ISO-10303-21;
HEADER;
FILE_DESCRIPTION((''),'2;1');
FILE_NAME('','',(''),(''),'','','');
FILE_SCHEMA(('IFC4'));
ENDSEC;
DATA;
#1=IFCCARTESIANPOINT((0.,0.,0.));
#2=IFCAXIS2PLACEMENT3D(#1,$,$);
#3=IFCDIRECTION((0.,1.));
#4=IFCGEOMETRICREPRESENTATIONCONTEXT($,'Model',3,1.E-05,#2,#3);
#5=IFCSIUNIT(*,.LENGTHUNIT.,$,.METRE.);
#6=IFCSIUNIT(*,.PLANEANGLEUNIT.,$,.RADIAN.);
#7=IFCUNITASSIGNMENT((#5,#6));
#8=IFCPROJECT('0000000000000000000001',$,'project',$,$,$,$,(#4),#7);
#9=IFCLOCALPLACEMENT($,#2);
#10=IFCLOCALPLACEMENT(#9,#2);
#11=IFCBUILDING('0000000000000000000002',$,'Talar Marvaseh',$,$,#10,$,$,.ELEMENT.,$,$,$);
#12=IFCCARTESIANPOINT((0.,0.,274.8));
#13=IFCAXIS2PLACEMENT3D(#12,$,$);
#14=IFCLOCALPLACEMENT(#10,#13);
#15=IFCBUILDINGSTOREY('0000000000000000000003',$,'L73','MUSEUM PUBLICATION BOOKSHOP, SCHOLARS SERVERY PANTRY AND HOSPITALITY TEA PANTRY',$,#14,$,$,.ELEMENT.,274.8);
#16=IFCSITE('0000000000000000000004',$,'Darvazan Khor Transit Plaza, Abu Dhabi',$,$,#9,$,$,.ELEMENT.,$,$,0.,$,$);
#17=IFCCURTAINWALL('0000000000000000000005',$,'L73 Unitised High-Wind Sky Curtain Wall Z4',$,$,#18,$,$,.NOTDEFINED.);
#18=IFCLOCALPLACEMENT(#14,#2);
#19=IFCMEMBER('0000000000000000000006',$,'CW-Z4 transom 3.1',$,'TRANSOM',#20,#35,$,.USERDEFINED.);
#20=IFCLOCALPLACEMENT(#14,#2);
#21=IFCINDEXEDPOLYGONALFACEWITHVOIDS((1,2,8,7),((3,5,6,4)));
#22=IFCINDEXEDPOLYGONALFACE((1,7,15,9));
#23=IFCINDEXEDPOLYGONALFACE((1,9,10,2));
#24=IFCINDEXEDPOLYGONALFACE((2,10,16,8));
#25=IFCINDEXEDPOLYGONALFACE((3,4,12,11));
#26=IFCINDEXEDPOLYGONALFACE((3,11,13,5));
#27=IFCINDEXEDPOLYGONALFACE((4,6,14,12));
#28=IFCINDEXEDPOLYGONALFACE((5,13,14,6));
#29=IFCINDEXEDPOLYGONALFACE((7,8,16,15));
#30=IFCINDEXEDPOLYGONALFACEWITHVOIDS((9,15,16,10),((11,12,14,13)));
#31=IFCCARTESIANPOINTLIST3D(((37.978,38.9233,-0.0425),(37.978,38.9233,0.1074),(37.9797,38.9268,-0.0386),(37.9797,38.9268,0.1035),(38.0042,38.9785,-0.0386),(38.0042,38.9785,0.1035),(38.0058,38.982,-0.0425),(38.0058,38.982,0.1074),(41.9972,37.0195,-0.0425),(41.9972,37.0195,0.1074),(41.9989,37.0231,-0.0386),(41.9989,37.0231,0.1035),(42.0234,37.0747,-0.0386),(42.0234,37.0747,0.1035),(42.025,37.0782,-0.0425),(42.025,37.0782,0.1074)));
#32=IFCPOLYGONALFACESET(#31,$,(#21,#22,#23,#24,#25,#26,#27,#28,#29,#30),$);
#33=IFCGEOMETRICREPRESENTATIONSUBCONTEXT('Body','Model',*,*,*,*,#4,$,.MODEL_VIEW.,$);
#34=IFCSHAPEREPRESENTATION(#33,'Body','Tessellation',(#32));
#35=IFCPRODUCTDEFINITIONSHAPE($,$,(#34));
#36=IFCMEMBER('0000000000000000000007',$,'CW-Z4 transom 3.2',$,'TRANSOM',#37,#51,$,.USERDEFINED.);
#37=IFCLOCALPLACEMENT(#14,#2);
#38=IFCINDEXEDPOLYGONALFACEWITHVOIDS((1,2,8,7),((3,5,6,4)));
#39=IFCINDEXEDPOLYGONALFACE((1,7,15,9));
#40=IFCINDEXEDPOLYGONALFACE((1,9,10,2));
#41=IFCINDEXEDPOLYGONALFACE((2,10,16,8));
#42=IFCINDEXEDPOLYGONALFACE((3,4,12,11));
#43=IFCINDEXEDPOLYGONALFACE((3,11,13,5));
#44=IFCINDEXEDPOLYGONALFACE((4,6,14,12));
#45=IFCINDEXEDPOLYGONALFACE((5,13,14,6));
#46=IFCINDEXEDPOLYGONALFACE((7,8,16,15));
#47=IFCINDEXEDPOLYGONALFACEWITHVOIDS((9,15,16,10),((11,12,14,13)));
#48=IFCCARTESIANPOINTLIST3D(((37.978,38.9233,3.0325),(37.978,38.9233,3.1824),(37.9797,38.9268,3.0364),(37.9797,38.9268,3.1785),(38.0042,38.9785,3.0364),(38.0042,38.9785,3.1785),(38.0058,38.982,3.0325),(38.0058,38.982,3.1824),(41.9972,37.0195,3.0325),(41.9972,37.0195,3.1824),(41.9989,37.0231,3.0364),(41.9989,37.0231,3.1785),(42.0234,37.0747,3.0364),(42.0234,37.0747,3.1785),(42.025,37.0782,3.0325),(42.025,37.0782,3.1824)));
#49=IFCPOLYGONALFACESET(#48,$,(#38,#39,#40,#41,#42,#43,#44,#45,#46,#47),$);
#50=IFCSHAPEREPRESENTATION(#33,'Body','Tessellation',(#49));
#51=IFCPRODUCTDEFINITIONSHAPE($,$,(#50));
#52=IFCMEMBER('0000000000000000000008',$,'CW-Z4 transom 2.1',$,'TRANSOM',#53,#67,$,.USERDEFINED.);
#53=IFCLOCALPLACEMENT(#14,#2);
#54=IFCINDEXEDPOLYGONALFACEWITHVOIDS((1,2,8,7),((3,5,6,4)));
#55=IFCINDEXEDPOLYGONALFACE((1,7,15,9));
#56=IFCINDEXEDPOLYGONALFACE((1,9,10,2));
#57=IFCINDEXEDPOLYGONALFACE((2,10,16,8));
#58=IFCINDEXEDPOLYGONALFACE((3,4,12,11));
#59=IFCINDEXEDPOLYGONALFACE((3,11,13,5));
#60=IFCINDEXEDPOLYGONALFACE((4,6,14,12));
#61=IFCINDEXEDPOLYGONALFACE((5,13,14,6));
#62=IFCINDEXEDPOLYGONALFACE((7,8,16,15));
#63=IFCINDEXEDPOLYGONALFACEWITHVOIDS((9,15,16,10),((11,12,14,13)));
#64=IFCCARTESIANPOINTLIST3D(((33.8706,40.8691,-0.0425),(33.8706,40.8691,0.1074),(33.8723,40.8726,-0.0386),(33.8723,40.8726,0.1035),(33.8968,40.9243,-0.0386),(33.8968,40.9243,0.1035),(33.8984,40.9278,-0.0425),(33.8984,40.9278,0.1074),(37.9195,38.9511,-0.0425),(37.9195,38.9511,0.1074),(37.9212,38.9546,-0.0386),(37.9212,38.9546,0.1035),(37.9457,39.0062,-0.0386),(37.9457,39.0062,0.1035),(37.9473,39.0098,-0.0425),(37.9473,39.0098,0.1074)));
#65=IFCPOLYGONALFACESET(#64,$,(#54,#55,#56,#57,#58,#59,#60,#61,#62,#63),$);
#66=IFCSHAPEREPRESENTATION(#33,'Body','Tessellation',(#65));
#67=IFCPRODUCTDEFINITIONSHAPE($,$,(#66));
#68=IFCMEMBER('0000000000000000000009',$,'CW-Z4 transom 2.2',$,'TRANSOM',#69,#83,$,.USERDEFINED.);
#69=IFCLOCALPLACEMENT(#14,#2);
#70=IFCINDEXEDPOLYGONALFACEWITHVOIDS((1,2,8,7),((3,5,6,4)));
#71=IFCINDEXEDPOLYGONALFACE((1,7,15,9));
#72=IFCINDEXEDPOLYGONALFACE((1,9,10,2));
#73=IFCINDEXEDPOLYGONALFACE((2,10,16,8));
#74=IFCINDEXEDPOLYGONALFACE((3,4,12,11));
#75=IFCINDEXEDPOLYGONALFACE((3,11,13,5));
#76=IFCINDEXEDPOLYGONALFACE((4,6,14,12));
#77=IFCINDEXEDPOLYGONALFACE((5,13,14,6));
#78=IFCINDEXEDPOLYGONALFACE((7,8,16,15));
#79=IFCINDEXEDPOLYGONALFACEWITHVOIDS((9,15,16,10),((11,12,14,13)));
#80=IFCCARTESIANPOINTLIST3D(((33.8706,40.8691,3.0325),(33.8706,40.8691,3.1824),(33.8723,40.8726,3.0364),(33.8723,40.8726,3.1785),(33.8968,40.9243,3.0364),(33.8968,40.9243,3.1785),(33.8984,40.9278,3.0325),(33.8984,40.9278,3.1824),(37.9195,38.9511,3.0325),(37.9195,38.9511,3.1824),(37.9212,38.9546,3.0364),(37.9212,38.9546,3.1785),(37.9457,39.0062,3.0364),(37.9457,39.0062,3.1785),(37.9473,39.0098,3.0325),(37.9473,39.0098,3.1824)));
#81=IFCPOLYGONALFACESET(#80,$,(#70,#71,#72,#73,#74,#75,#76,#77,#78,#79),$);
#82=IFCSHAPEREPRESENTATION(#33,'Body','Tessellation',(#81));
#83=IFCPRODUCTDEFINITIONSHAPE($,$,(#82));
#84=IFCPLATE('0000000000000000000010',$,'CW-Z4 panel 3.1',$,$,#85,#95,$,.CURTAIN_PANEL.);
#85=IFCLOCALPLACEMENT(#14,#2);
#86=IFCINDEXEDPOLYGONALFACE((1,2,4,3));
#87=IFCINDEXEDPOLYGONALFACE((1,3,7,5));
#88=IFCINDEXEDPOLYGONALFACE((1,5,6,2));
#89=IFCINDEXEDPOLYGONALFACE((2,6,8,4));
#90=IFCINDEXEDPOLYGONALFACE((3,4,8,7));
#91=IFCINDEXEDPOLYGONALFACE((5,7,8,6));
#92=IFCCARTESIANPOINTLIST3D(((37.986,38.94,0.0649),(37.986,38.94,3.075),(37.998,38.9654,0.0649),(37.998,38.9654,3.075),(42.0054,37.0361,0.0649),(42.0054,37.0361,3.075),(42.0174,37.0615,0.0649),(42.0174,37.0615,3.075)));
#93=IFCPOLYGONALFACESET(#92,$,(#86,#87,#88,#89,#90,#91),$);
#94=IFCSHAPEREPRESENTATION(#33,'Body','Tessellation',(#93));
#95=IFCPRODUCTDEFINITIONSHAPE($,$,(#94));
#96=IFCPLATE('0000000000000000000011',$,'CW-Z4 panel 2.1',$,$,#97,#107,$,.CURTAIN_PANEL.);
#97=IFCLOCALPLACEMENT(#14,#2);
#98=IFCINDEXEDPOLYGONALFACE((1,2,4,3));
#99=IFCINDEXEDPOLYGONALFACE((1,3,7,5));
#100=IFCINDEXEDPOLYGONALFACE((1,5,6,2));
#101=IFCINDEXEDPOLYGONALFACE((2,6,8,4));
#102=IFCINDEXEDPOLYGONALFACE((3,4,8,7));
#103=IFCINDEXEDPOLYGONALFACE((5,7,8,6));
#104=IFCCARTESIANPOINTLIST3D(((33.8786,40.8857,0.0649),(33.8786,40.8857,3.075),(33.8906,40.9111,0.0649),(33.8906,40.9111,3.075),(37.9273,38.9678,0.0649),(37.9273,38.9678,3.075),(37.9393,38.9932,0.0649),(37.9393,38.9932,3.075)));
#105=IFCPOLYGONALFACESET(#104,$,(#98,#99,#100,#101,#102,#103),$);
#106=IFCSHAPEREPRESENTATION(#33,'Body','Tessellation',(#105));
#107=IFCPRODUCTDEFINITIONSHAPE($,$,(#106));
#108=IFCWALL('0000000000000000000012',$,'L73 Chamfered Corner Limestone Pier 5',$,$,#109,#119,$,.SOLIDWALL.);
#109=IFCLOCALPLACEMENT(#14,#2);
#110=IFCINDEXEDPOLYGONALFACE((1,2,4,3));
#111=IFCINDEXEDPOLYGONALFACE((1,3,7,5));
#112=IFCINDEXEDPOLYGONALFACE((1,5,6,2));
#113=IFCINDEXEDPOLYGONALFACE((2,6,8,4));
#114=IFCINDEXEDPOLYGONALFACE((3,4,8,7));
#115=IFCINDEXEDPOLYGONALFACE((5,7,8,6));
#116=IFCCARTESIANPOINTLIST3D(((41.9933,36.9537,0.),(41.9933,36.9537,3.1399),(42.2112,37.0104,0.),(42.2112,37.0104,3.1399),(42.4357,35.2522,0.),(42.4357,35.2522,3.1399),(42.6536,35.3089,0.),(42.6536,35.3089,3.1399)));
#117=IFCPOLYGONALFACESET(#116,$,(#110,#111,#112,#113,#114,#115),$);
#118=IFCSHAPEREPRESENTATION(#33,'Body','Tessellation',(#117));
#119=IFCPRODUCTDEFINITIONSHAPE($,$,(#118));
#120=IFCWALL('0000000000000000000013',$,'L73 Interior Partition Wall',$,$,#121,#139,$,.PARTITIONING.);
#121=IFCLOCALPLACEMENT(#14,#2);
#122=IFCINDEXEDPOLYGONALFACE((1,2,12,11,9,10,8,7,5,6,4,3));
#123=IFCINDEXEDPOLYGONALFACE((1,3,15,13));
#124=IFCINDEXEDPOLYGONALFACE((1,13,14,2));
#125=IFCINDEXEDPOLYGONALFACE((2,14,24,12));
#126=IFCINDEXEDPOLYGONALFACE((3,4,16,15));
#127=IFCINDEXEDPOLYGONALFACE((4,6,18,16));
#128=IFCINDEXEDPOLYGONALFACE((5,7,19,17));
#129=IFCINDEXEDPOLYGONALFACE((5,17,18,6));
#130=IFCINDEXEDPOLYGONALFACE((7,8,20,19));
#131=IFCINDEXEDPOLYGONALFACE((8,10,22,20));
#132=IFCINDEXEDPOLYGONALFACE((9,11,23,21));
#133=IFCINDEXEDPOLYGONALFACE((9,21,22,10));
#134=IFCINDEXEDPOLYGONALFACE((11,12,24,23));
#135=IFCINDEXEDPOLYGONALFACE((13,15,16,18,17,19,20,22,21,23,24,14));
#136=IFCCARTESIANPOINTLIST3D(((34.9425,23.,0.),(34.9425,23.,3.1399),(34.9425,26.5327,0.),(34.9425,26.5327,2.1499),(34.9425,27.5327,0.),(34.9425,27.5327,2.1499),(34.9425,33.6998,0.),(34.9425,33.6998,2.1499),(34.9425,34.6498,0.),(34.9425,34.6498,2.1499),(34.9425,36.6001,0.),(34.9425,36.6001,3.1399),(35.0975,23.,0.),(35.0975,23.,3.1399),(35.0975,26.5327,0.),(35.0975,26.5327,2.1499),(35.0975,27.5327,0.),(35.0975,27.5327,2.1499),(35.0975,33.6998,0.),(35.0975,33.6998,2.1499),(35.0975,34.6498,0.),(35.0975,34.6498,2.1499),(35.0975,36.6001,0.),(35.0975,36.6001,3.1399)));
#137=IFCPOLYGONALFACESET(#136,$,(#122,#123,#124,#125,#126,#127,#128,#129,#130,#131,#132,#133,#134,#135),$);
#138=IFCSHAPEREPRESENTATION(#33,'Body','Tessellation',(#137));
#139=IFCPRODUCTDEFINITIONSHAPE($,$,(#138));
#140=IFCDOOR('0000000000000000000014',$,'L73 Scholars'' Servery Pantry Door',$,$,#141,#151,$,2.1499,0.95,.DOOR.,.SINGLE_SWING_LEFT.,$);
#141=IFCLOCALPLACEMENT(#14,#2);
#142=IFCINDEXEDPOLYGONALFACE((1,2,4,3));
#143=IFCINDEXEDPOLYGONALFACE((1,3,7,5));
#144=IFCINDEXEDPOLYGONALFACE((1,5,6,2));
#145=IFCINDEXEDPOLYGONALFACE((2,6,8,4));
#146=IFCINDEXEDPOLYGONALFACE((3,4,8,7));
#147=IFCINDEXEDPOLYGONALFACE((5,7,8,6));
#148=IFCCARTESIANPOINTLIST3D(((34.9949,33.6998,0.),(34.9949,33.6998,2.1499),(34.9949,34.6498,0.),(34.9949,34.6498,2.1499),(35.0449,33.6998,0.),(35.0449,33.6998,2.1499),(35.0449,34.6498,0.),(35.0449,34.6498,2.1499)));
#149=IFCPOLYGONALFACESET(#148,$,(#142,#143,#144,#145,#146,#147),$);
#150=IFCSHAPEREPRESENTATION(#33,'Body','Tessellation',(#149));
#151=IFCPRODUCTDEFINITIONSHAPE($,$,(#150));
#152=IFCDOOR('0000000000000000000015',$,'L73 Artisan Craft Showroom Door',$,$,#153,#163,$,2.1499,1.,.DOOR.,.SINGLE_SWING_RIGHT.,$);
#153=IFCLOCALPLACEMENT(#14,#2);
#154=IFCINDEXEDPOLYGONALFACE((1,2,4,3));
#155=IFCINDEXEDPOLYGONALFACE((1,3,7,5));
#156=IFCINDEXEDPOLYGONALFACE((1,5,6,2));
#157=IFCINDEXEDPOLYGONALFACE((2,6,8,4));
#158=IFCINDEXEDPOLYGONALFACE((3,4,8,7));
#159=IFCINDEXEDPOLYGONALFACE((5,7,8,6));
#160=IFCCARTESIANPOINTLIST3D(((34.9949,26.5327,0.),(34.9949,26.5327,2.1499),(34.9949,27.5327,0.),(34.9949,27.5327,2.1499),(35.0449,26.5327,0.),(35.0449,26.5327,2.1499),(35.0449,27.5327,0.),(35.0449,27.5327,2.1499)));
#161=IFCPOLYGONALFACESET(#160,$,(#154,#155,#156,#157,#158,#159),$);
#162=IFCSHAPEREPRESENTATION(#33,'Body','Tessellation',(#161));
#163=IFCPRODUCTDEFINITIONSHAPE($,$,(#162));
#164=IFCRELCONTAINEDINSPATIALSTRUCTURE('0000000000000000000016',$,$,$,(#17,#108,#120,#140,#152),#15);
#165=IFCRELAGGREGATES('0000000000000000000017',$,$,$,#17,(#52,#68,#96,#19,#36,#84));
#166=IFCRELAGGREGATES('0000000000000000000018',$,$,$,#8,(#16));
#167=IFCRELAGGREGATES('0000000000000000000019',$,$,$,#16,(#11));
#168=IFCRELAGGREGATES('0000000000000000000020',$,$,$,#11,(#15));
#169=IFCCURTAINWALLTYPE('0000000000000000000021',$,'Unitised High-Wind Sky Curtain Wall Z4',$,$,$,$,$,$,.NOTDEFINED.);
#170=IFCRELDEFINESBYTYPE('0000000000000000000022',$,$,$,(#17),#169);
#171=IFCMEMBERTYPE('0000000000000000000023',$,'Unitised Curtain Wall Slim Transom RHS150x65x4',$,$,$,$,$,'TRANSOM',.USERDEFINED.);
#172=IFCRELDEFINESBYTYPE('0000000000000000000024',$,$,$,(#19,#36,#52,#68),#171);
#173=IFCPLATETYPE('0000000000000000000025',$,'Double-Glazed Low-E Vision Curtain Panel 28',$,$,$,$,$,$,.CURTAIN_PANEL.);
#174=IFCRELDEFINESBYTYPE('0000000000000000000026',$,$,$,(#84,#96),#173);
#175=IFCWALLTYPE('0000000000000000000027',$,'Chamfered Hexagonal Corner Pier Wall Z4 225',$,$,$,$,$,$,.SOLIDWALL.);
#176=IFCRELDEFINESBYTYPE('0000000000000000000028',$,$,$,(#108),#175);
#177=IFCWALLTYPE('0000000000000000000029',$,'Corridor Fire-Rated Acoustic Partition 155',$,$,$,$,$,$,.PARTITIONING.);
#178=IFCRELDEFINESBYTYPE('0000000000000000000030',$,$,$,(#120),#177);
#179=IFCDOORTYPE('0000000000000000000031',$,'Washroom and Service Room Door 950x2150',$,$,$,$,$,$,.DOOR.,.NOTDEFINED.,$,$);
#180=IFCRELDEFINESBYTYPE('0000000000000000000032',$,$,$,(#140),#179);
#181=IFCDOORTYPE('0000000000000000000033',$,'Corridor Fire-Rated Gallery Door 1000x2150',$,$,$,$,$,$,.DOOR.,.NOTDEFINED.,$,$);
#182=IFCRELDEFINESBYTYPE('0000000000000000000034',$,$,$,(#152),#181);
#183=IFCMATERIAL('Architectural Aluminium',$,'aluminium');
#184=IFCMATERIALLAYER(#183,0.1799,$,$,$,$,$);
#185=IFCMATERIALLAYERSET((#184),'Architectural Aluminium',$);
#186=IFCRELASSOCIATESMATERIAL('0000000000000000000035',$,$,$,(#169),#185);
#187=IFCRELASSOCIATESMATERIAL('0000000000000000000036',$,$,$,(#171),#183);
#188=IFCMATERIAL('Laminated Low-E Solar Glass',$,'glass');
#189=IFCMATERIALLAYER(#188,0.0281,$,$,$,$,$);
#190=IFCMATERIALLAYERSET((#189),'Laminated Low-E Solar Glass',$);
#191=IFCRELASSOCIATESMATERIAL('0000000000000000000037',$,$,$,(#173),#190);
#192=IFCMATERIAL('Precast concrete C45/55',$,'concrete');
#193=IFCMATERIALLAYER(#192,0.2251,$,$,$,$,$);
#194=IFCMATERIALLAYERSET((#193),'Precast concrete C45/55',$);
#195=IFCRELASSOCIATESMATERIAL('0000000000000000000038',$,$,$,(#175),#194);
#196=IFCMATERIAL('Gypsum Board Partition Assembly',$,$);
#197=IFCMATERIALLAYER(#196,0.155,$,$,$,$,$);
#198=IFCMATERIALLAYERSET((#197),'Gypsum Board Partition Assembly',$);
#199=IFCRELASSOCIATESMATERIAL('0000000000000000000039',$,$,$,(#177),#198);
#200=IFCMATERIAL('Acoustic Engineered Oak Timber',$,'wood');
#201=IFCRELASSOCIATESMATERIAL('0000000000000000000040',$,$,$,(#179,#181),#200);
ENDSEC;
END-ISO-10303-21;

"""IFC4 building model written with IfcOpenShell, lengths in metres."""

from ifc_helpers import new_model, si_unit, direction, frame, frame_2d, origin, origin_2d, place, context, subcontext, project, spatial, rectangle, hollow_rectangle, extrude, source, transform, mapped, material, layer, layer_set, material_profile, profile_set, type_object, type_shapes, element, fill, aggregate, save


model = new_model("IFC4")

# Units and contexts
model_context = context("Model", 3, precision=1e-05, world=origin(), true_north=direction((0.0, 1.0)))
body_context = subcontext(model_context, "Body", "Model", "MODEL_VIEW")
ifc_project = project(units=[si_unit("LENGTHUNIT", "METRE"), si_unit("PLANEANGLEUNIT", "RADIAN")], contexts=[model_context])

# Site, building, storey
site_placement = place(None, origin())
site = spatial("IfcSite", under=ifc_project, at=site_placement, Name="Darvazan Khor Transit Plaza, Abu Dhabi", CompositionType="ELEMENT", RefElevation=0.0)
building_placement = place(site_placement, origin())
building = spatial("IfcBuilding", under=site, at=building_placement, Name="Talar Marvaseh", CompositionType="ELEMENT")
storey_placement = place(building_placement, frame((0.0, 0.0, 274.8)))
storey = spatial("IfcBuildingStorey", under=building, at=storey_placement, Name="L73", Description="MUSEUM PUBLICATION BOOKSHOP, SCHOLARS SERVERY PANTRY AND HOSPITALITY TEA PANTRY", CompositionType="ELEMENT", Elevation=274.8)

# Curtain wall, members, plates
ifc_material_1 = material(Name="Architectural Aluminium", Category="aluminium")
ifc_layer_1 = layer(ifc_material_1, 0.1799)
ifc_layer_set_1 = layer_set([ifc_layer_1], Name="Architectural Aluminium")
curtain_wall_type = type_object("IfcCurtainWallType", Name="Unitised High-Wind Sky Curtain Wall Z4", PredefinedType="NOTDEFINED", material=ifc_layer_set_1)
curtain_wall_placement = place(storey_placement, origin())
curtain_wall = element("IfcCurtainWall", 1, at=curtain_wall_placement, inside=storey, type_object=curtain_wall_type, Name="L73 Unitised High-Wind Sky Curtain Wall Z4", PredefinedType="NOTDEFINED")
ifc_material_profile_1 = material_profile(ifc_material_1, hollow_rectangle(XDim=0.0649, YDim=0.1499, WallThickness=0.0039, at=origin_2d()), Name="RHS150x65x4")
ifc_profile_set_1 = profile_set([ifc_material_profile_1], Name="Architectural Aluminium")
member_type_1 = type_object("IfcMemberType", Name="Unitised Curtain Wall Slim Transom RHS150x65x4", ElementType="TRANSOM", PredefinedType="USERDEFINED", material=ifc_profile_set_1)
shared_shape_1 = source(origin(), body_context, "Body", "SweptSolid", [
    extrude(hollow_rectangle(XDim=0.0649, YDim=0.1499, WallThickness=0.0039, at=origin_2d()), origin(), (0.0, 0.0, 1.0), 4.4473),
])
member_1_placement = place(storey_placement, frame((37.9919, 38.9526, 0.0325), z_axis=(0.903743, -0.428075, 0.0), x_axis=(0.428075, 0.903743, 0.0)))
member_1 = element("IfcMember", 2, at=member_1_placement, type_object=member_type_1, Name="CW-Z4 transom 3.1", ObjectType="TRANSOM", PredefinedType="USERDEFINED", context=body_context, shape_type="MappedRepresentation", body=[
    mapped(shared_shape_1, transform((0.0, 0.0, 0.0), x_axis=(1.0, 0.0, 0.0), y_axis=(0.0, 1.0, 0.0), z_axis=(0.0, 0.0, 1.0), scale=1.0)),
])
member_2_placement = place(storey_placement, frame((37.9919, 38.9526, 3.1074), z_axis=(0.903743, -0.428075, 0.0), x_axis=(0.428075, 0.903743, 0.0)))
member_2 = element("IfcMember", 3, at=member_2_placement, type_object=member_type_1, Name="CW-Z4 transom 3.2", ObjectType="TRANSOM", PredefinedType="USERDEFINED", context=body_context, shape_type="MappedRepresentation", body=[
    mapped(shared_shape_1, transform((0.0, 0.0, 0.0), x_axis=(1.0, 0.0, 0.0), y_axis=(0.0, 1.0, 0.0), z_axis=(0.0, 0.0, 1.0), scale=1.0)),
])
shared_shape_2 = source(origin(), body_context, "Body", "SweptSolid", [
    extrude(hollow_rectangle(XDim=0.0649, YDim=0.1499, WallThickness=0.0039, at=origin_2d()), origin(), (0.0, 0.0, 1.0), 4.4802),
])
type_shapes(member_type_1, [shared_shape_1, shared_shape_2])
member_3_placement = place(storey_placement, frame((33.8845, 40.8984, 0.0325), z_axis=(0.903729, -0.428105, 0.0), x_axis=(0.428105, 0.903729, 0.0)))
member_3 = element("IfcMember", 4, at=member_3_placement, type_object=member_type_1, Name="CW-Z4 transom 2.1", ObjectType="TRANSOM", PredefinedType="USERDEFINED", context=body_context, shape_type="MappedRepresentation", body=[
    mapped(shared_shape_2, transform((0.0, 0.0, 0.0), x_axis=(1.0, 0.0, 0.0), y_axis=(0.0, 1.0, 0.0), z_axis=(0.0, 0.0, 1.0), scale=1.0)),
])
member_4_placement = place(storey_placement, frame((33.8845, 40.8984, 3.1074), z_axis=(0.903729, -0.428105, 0.0), x_axis=(0.428105, 0.903729, 0.0)))
member_4 = element("IfcMember", 5, at=member_4_placement, type_object=member_type_1, Name="CW-Z4 transom 2.2", ObjectType="TRANSOM", PredefinedType="USERDEFINED", context=body_context, shape_type="MappedRepresentation", body=[
    mapped(shared_shape_2, transform((0.0, 0.0, 0.0), x_axis=(1.0, 0.0, 0.0), y_axis=(0.0, 1.0, 0.0), z_axis=(0.0, 0.0, 1.0), scale=1.0)),
])
ifc_material_2 = material(Name="Laminated Low-E Solar Glass", Category="glass")
ifc_layer_2 = layer(ifc_material_2, 0.0281)
ifc_layer_set_2 = layer_set([ifc_layer_2], Name="Laminated Low-E Solar Glass")
plate_type = type_object("IfcPlateType", Name="Double-Glazed Low-E Vision Curtain Panel 28", PredefinedType="CURTAIN_PANEL", material=ifc_layer_set_2)
shared_shape_3 = source(origin(), body_context, "Body", "SweptSolid", [
    extrude(rectangle(XDim=4.4475, YDim=0.0281, at=origin_2d()), origin(), (0.0, 0.0, 1.0), 3.01),
])
plate_1_placement = place(storey_placement, frame((40.0017, 38.0007, 0.0649), z_axis=(0.0, 0.0, 1.0), x_axis=(0.903736, -0.42809, 0.0)))
plate_1 = element("IfcPlate", 6, at=plate_1_placement, type_object=plate_type, Name="CW-Z4 panel 3.1", PredefinedType="CURTAIN_PANEL", context=body_context, shape_type="MappedRepresentation", body=[
    mapped(shared_shape_3, transform((0.0, 0.0, 0.0), x_axis=(1.0, 0.0, 0.0), y_axis=(0.0, 1.0, 0.0), z_axis=(0.0, 0.0, 1.0), scale=1.0)),
])
shared_shape_4 = source(origin(), body_context, "Body", "SweptSolid", [
    extrude(rectangle(XDim=4.48, YDim=0.0281, at=origin_2d()), origin(), (0.0, 0.0, 1.0), 3.01),
])
type_shapes(plate_type, [shared_shape_3, shared_shape_4])
plate_2_placement = place(storey_placement, frame((35.9089, 39.9395, 0.0649), z_axis=(0.0, 0.0, 1.0), x_axis=(0.903736, -0.42809, 0.0)))
plate_2 = element("IfcPlate", 7, at=plate_2_placement, type_object=plate_type, Name="CW-Z4 panel 2.1", PredefinedType="CURTAIN_PANEL", context=body_context, shape_type="MappedRepresentation", body=[
    mapped(shared_shape_4, transform((0.0, 0.0, 0.0), x_axis=(1.0, 0.0, 0.0), y_axis=(0.0, 1.0, 0.0), z_axis=(0.0, 0.0, 1.0), scale=1.0)),
])
aggregate(curtain_wall, [member_3, member_4, plate_2, member_1, member_2, plate_1])

# Wall
ifc_material_3 = material(Name="Precast concrete C45/55", Category="concrete")
ifc_layer_3 = layer(ifc_material_3, 0.2251)
ifc_layer_set_3 = layer_set([ifc_layer_3], Name="Precast concrete C45/55")
wall_type_1 = type_object("IfcWallType", Name="Chamfered Hexagonal Corner Pier Wall Z4 225", PredefinedType="SOLIDWALL", material=ifc_layer_set_3)
wall_1_placement = place(storey_placement, frame((42.1023, 36.9819, 0.0), z_axis=(0.0, 0.0, 1.0), x_axis=(0.251642, -0.96782, 0.0)))
element("IfcWall", 8, at=wall_1_placement, inside=storey, type_object=wall_type_1, Name="L73 Chamfered Corner Limestone Pier 5", PredefinedType="SOLIDWALL", context=body_context, shape_type="SweptSolid", body=[
    extrude(rectangle(XDim=1.7581, YDim=0.2251, at=frame_2d((0.8789, 0.0))), origin(), (0.0, 0.0, 1.0), 3.1399),
])

# Wall, openings, doors
ifc_material_4 = material(Name="Gypsum Board Partition Assembly")
ifc_layer_4 = layer(ifc_material_4, 0.155)
ifc_layer_set_4 = layer_set([ifc_layer_4], Name="Gypsum Board Partition Assembly")
wall_type_2 = type_object("IfcWallType", Name="Corridor Fire-Rated Acoustic Partition 155", PredefinedType="PARTITIONING", material=ifc_layer_set_4)
wall_2_placement = place(storey_placement, frame((35.02, 36.6001, 0.0), z_axis=(0.0, 0.0, 1.0), x_axis=(0.0, -1.0, 0.0)))
wall_2 = element("IfcWall", 9, at=wall_2_placement, inside=storey, type_object=wall_type_2, Name="L73 Interior Partition Wall", PredefinedType="PARTITIONING", context=body_context, shape_type="SweptSolid", body=[
    extrude(rectangle(XDim=13.6001, YDim=0.155, at=frame_2d((6.8, 0.0))), origin(), (0.0, 0.0, 1.0), 3.1399),
])
opening_1_placement = place(wall_2_placement, frame((9.0674, 0.0, 0.0)))
opening_1 = element("IfcOpeningElement", 10, at=opening_1_placement, cuts=wall_2, PredefinedType="OPENING", context=body_context, shape_type="SweptSolid", body=[
    extrude(rectangle(XDim=1.0, YDim=2.1499, at=frame_2d((0.5, 1.075))), frame((0.0, 0.0874, 0.0), z_axis=(0.0, -1.0, 0.0), x_axis=(1.0, 0.0, 0.0)), (0.0, 0.0, 1.0), 0.175),
])
opening_2_placement = place(wall_2_placement, frame((1.9502, 0.0, 0.0)))
opening_2 = element("IfcOpeningElement", 11, at=opening_2_placement, cuts=wall_2, PredefinedType="OPENING", context=body_context, shape_type="SweptSolid", body=[
    extrude(rectangle(XDim=0.95, YDim=2.1499, at=frame_2d((0.4751, 1.075))), frame((0.0, 0.0874, 0.0), z_axis=(0.0, -1.0, 0.0), x_axis=(1.0, 0.0, 0.0)), (0.0, 0.0, 1.0), 0.175),
])
ifc_material_5 = material(Name="Acoustic Engineered Oak Timber", Category="wood")
door_type_1 = type_object("IfcDoorType", Name="Washroom and Service Room Door 950x2150", OperationType="NOTDEFINED", PredefinedType="DOOR", material=ifc_material_5)
shared_shape_5 = source(origin(), body_context, "Body", "SweptSolid", [
    extrude(rectangle(XDim=0.95, YDim=2.1499, at=frame_2d((0.4751, 1.075))), frame((0.0, 0.0249, 0.0), z_axis=(0.0, -1.0, 0.0), x_axis=(1.0, 0.0, 0.0)), (0.0, 0.0, 1.0), 0.05),
])
type_shapes(door_type_1, [shared_shape_5])
door_1_placement = place(opening_2_placement, origin())
door_1 = element("IfcDoor", 12, at=door_1_placement, inside=storey, type_object=door_type_1, Name="L73 Scholars' Servery Pantry Door", OperationType="SINGLE_SWING_LEFT", OverallHeight=2.1499, OverallWidth=0.95, PredefinedType="DOOR", context=body_context, shape_type="MappedRepresentation", body=[
    mapped(shared_shape_5, transform((0.0, 0.0, 0.0), x_axis=(1.0, 0.0, 0.0), y_axis=(0.0, 1.0, 0.0), z_axis=(0.0, 0.0, 1.0), scale=1.0)),
])
fill(opening_2, door_1)
door_type_2 = type_object("IfcDoorType", Name="Corridor Fire-Rated Gallery Door 1000x2150", OperationType="NOTDEFINED", PredefinedType="DOOR", material=ifc_material_5)
shared_shape_6 = source(origin(), body_context, "Body", "SweptSolid", [
    extrude(rectangle(XDim=1.0, YDim=2.1499, at=frame_2d((0.5, 1.075))), frame((0.0, 0.0249, 0.0), z_axis=(0.0, -1.0, 0.0), x_axis=(1.0, 0.0, 0.0)), (0.0, 0.0, 1.0), 0.05),
])
type_shapes(door_type_2, [shared_shape_6])
door_2_placement = place(opening_1_placement, origin())
door_2 = element("IfcDoor", 13, at=door_2_placement, inside=storey, type_object=door_type_2, Name="L73 Artisan Craft Showroom Door", OperationType="SINGLE_SWING_RIGHT", OverallHeight=2.1499, OverallWidth=1.0, PredefinedType="DOOR", context=body_context, shape_type="MappedRepresentation", body=[
    mapped(shared_shape_6, transform((0.0, 0.0, 0.0), x_axis=(1.0, 0.0, 0.0), y_axis=(0.0, 1.0, 0.0), z_axis=(0.0, 0.0, 1.0), scale=1.0)),
])
fill(opening_1, door_2)

save(model, "model.ifc")
